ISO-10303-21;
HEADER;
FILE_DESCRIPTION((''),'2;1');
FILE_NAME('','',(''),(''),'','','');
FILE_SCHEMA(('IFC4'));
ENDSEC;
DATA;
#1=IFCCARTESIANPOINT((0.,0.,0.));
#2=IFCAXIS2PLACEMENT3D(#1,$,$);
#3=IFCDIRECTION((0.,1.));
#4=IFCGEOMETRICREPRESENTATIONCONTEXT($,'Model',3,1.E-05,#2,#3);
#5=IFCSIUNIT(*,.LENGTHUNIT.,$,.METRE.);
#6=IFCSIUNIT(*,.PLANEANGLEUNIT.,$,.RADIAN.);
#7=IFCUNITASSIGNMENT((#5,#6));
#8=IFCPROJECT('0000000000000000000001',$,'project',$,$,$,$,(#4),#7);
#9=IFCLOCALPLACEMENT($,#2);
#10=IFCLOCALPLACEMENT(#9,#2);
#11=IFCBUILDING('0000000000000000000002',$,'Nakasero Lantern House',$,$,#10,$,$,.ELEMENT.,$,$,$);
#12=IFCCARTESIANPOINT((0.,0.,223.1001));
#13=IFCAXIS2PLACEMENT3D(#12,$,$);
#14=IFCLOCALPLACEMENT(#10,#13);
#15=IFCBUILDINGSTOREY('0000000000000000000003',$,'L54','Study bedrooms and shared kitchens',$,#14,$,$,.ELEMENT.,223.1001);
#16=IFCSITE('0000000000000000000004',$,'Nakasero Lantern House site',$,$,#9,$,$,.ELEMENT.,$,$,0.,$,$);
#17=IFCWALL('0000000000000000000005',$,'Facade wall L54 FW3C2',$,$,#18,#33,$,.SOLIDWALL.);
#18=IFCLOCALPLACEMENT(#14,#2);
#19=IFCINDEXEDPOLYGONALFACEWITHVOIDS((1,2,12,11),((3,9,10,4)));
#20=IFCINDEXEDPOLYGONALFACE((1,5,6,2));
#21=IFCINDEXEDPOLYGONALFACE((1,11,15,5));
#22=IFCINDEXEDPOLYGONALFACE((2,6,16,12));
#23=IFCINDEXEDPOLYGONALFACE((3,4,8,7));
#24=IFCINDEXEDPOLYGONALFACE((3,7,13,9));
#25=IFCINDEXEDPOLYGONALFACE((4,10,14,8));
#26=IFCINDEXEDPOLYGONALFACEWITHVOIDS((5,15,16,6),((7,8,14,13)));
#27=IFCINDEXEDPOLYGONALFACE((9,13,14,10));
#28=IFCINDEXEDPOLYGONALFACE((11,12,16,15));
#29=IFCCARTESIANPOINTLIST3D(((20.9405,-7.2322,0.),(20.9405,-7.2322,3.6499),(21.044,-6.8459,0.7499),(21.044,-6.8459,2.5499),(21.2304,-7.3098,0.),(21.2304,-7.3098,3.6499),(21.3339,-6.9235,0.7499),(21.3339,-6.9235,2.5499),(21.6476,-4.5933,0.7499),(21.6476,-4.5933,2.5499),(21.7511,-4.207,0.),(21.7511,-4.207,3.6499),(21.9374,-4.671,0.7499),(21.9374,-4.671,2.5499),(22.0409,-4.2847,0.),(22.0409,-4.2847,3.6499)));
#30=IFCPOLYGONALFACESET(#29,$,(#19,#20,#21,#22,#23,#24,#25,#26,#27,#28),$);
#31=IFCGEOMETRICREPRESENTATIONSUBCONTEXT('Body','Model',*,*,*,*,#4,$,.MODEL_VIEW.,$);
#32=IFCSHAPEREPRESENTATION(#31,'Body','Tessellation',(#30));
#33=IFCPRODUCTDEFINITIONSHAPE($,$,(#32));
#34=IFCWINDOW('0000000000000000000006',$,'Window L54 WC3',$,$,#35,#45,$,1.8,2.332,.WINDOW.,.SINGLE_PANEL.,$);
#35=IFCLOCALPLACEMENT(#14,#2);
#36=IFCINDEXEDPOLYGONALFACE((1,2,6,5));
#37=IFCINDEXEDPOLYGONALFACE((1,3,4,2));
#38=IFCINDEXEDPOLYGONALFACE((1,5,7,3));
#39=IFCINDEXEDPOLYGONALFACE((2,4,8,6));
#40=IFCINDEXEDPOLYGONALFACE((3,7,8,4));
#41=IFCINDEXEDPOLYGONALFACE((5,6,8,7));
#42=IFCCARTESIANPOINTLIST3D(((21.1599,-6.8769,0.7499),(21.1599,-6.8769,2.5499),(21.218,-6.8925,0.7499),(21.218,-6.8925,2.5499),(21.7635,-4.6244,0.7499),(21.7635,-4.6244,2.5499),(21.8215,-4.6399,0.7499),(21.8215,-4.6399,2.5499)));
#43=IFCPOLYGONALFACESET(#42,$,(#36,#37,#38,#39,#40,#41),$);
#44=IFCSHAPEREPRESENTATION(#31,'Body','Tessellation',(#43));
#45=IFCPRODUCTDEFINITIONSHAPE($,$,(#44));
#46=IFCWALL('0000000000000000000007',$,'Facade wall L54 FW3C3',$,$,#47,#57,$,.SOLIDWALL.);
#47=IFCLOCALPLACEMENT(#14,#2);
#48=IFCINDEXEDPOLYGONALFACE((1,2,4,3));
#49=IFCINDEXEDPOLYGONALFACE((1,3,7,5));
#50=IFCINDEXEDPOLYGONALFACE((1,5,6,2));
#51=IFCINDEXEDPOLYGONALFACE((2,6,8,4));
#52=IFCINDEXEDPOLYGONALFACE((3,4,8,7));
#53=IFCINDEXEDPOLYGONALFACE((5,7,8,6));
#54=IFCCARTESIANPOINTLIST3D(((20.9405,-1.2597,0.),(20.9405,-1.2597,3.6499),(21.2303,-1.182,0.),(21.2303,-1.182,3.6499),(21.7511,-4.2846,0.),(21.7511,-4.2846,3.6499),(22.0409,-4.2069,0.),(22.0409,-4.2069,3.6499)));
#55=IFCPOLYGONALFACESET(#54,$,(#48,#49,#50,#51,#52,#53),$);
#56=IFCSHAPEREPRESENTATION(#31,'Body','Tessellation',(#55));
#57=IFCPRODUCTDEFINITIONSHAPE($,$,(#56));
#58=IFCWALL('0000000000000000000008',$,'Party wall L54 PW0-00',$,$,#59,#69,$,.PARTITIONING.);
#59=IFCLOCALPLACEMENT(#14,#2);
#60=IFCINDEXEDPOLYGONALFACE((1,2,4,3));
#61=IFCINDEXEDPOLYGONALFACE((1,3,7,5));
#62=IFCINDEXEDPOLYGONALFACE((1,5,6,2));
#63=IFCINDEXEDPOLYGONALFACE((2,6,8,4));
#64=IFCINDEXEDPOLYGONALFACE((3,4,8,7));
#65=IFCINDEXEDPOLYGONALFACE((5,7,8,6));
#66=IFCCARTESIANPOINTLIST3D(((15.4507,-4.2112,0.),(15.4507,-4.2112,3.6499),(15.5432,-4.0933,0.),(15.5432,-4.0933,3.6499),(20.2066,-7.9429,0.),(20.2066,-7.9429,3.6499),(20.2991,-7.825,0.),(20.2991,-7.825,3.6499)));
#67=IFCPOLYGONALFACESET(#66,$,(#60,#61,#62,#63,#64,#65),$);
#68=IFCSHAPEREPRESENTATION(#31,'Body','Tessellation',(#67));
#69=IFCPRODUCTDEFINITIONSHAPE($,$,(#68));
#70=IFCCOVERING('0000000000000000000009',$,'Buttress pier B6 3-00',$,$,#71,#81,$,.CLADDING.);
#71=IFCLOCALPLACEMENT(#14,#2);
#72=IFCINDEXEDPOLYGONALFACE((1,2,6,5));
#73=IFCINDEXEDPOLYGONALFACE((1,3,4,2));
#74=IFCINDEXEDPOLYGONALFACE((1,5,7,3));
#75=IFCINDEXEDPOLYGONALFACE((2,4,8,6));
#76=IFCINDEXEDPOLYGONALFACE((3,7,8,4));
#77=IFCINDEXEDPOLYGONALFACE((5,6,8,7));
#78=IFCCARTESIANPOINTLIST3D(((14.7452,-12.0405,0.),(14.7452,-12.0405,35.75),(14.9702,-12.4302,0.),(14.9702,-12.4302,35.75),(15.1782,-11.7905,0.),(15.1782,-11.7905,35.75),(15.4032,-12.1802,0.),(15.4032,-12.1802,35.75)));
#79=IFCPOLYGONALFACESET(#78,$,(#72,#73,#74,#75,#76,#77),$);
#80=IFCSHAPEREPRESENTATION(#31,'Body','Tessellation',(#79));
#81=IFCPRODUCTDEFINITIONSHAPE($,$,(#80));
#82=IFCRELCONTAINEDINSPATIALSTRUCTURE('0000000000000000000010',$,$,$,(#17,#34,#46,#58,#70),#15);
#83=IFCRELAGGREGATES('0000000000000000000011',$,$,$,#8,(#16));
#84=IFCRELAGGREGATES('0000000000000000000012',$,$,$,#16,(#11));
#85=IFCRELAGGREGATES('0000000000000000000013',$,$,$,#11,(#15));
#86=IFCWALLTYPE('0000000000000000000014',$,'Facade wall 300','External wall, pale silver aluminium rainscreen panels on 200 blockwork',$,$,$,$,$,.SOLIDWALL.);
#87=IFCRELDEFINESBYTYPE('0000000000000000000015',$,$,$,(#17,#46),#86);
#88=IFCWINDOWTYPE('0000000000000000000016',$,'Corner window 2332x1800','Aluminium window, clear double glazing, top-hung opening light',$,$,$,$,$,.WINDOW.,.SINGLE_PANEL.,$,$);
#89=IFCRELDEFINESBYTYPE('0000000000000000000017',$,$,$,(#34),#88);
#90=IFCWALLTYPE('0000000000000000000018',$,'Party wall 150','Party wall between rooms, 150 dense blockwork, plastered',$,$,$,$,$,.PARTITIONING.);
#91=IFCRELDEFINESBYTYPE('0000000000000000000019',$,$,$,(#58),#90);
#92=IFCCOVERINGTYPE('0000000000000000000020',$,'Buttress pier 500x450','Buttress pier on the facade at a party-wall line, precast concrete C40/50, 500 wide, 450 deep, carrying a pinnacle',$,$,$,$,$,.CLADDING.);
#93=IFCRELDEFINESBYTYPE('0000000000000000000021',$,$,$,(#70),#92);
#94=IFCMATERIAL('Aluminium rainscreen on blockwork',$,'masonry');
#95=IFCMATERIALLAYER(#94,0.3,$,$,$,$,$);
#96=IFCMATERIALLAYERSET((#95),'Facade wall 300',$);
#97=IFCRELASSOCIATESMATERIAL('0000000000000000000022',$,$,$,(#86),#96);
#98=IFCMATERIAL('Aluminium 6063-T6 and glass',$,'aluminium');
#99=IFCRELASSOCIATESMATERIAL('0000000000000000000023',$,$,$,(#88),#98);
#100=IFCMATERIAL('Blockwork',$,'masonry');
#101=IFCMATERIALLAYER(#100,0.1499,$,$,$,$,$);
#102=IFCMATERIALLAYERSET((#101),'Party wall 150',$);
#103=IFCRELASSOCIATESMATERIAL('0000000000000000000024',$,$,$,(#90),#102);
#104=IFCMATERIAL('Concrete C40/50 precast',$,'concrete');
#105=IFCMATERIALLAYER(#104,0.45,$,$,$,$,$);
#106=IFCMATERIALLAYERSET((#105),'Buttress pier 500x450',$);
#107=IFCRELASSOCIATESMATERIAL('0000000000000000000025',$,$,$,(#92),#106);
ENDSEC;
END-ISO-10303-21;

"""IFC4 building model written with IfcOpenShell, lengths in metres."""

from ifc_helpers import new_model, si_unit, direction, frame, frame_2d, origin, origin_2d, place, context, subcontext, project, spatial, rectangle, extrude, material, layer, layer_set, type_object, element, fill, save


model = new_model("IFC4")

# Units and contexts
model_context = context("Model", 3, precision=1e-05, world=origin(), true_north=direction((0.0, 1.0)))
body_context = subcontext(model_context, "Body", "Model", "MODEL_VIEW")
ifc_project = project(units=[si_unit("LENGTHUNIT", "METRE"), si_unit("PLANEANGLEUNIT", "RADIAN")], contexts=[model_context])

# Site, building, storey
site_placement = place(None, origin())
site = spatial("IfcSite", under=ifc_project, at=site_placement, Name="Nakasero Lantern House site", CompositionType="ELEMENT", RefElevation=0.0)
building_placement = place(site_placement, origin())
building = spatial("IfcBuilding", under=site, at=building_placement, Name="Nakasero Lantern House", CompositionType="ELEMENT")
storey_placement = place(building_placement, frame((0.0, 0.0, 223.1001)))
storey = spatial("IfcBuildingStorey", under=building, at=storey_placement, Name="L54", Description="Study bedrooms and shared kitchens", CompositionType="ELEMENT", Elevation=223.1001)

# Shared definitions
ifc_material_1 = material(Name="Aluminium rainscreen on blockwork", Category="masonry")
ifc_layer_1 = layer(ifc_material_1, 0.3)
ifc_layer_set_1 = layer_set([ifc_layer_1], Name="Facade wall 300")
wall_type_1 = type_object("IfcWallType", Name="Facade wall 300", Description="External wall, pale silver aluminium rainscreen panels on 200 blockwork", PredefinedType="SOLIDWALL", material=ifc_layer_set_1)

# Wall, opening, window
wall_1_placement = place(storey_placement, frame((21.0854, -7.271, 0.0), z_axis=(0.0, 0.0, 1.0), x_axis=(0.258808, 0.965929, 0.0)))
wall_1 = element("IfcWall", 1, at=wall_1_placement, inside=storey, type_object=wall_type_1, Name="Facade wall L54 FW3C2", PredefinedType="SOLIDWALL", context=body_context, shape_type="SweptSolid", body=[
    extrude(rectangle(XDim=3.1318, YDim=0.3, at=frame_2d((1.5659, 0.0))), origin(), (0.0, 0.0, 1.0), 3.6499),
])
opening_1_placement = place(wall_1_placement, frame((0.3999, 0.0, 0.75)))
opening_1 = element("IfcOpeningElement", 2, at=opening_1_placement, cuts=wall_1, PredefinedType="OPENING", context=body_context, shape_type="SweptSolid", body=[
    extrude(rectangle(XDim=2.332, YDim=1.8, at=frame_2d((1.166, 0.8999))), frame((0.0, 0.1699, 0.0), z_axis=(0.0, -1.0, 0.0), x_axis=(1.0, 0.0, 0.0)), (0.0, 0.0, 1.0), 0.3401),
])
ifc_material_2 = material(Name="Aluminium 6063-T6 and glass", Category="aluminium")
window_type_1 = type_object("IfcWindowType", Name="Corner window 2332x1800", Description="Aluminium window, clear double glazing, top-hung opening light", PartitioningType="SINGLE_PANEL", PredefinedType="WINDOW", material=ifc_material_2)
window_1_placement = place(opening_1_placement, origin())
window_1 = element("IfcWindow", 3, at=window_1_placement, inside=storey, type_object=window_type_1, Name="Window L54 WC3", OverallHeight=1.8, OverallWidth=2.332, PartitioningType="SINGLE_PANEL", PredefinedType="WINDOW", context=body_context, shape_type="SweptSolid", body=[
    extrude(rectangle(XDim=2.332, YDim=1.8, at=frame_2d((1.166, 0.8999))), frame((0.0, 0.03, 0.0), z_axis=(0.0, -1.0, 0.0), x_axis=(1.0, 0.0, 0.0)), (0.0, 0.0, 1.0), 0.0601),
])
fill(opening_1, window_1)

# Walls
wall_2_placement = place(storey_placement, frame((21.896, -4.2458, 0.0), z_axis=(0.0, 0.0, 1.0), x_axis=(-0.258827, 0.965924, 0.0)))
element("IfcWall", 4, at=wall_2_placement, inside=storey, type_object=wall_type_1, Name="Facade wall L54 FW3C3", PredefinedType="SOLIDWALL", context=body_context, shape_type="SweptSolid", body=[
    extrude(rectangle(XDim=3.1316, YDim=0.3, at=frame_2d((1.5659, 0.0))), origin(), (0.0, 0.0, 1.0), 3.6499),
])
ifc_material_3 = material(Name="Blockwork", Category="masonry")
ifc_layer_2 = layer(ifc_material_3, 0.1499)
ifc_layer_set_2 = layer_set([ifc_layer_2], Name="Party wall 150")
wall_type_2 = type_object("IfcWallType", Name="Party wall 150", Description="Party wall between rooms, 150 dense blockwork, plastered", PredefinedType="PARTITIONING", material=ifc_layer_set_2)
wall_3_placement = place(storey_placement, frame((15.4971, -4.1523, 0.0), z_axis=(0.0, 0.0, 1.0), x_axis=(0.786725, -0.617304, 0.0)))
element("IfcWall", 5, at=wall_3_placement, inside=storey, type_object=wall_type_2, Name="Party wall L54 PW0-00", PredefinedType="PARTITIONING", context=body_context, shape_type="SweptSolid", body=[
    extrude(rectangle(XDim=6.0452, YDim=0.1499, at=frame_2d((3.0225, 0.0))), origin(), (0.0, 0.0, 1.0), 3.6499),
])

# Covering
ifc_material_4 = material(Name="Concrete C40/50 precast", Category="concrete")
ifc_layer_3 = layer(ifc_material_4, 0.45)
ifc_layer_set_3 = layer_set([ifc_layer_3], Name="Buttress pier 500x450")
covering_type = type_object("IfcCoveringType", Name="Buttress pier 500x450", Description="Buttress pier on the facade at a party-wall line, precast concrete C40/50, 500 wide, 450 deep, carrying a pinnacle", PredefinedType="CLADDING", material=ifc_layer_set_3)
covering_placement = place(storey_placement, frame((15.0742, -12.1104, 0.0), z_axis=(0.0, 0.0, 1.0), x_axis=(0.5, -0.866025, 0.0)))
element("IfcCovering", 6, at=covering_placement, inside=storey, type_object=covering_type, Name="Buttress pier B6 3-00", PredefinedType="CLADDING", context=body_context, shape_type="SweptSolid", body=[
    extrude(rectangle(XDim=0.45, YDim=0.5, at=origin_2d()), origin(), (0.0, 0.0, 1.0), 35.75),
])

save(model, "model.ifc")
